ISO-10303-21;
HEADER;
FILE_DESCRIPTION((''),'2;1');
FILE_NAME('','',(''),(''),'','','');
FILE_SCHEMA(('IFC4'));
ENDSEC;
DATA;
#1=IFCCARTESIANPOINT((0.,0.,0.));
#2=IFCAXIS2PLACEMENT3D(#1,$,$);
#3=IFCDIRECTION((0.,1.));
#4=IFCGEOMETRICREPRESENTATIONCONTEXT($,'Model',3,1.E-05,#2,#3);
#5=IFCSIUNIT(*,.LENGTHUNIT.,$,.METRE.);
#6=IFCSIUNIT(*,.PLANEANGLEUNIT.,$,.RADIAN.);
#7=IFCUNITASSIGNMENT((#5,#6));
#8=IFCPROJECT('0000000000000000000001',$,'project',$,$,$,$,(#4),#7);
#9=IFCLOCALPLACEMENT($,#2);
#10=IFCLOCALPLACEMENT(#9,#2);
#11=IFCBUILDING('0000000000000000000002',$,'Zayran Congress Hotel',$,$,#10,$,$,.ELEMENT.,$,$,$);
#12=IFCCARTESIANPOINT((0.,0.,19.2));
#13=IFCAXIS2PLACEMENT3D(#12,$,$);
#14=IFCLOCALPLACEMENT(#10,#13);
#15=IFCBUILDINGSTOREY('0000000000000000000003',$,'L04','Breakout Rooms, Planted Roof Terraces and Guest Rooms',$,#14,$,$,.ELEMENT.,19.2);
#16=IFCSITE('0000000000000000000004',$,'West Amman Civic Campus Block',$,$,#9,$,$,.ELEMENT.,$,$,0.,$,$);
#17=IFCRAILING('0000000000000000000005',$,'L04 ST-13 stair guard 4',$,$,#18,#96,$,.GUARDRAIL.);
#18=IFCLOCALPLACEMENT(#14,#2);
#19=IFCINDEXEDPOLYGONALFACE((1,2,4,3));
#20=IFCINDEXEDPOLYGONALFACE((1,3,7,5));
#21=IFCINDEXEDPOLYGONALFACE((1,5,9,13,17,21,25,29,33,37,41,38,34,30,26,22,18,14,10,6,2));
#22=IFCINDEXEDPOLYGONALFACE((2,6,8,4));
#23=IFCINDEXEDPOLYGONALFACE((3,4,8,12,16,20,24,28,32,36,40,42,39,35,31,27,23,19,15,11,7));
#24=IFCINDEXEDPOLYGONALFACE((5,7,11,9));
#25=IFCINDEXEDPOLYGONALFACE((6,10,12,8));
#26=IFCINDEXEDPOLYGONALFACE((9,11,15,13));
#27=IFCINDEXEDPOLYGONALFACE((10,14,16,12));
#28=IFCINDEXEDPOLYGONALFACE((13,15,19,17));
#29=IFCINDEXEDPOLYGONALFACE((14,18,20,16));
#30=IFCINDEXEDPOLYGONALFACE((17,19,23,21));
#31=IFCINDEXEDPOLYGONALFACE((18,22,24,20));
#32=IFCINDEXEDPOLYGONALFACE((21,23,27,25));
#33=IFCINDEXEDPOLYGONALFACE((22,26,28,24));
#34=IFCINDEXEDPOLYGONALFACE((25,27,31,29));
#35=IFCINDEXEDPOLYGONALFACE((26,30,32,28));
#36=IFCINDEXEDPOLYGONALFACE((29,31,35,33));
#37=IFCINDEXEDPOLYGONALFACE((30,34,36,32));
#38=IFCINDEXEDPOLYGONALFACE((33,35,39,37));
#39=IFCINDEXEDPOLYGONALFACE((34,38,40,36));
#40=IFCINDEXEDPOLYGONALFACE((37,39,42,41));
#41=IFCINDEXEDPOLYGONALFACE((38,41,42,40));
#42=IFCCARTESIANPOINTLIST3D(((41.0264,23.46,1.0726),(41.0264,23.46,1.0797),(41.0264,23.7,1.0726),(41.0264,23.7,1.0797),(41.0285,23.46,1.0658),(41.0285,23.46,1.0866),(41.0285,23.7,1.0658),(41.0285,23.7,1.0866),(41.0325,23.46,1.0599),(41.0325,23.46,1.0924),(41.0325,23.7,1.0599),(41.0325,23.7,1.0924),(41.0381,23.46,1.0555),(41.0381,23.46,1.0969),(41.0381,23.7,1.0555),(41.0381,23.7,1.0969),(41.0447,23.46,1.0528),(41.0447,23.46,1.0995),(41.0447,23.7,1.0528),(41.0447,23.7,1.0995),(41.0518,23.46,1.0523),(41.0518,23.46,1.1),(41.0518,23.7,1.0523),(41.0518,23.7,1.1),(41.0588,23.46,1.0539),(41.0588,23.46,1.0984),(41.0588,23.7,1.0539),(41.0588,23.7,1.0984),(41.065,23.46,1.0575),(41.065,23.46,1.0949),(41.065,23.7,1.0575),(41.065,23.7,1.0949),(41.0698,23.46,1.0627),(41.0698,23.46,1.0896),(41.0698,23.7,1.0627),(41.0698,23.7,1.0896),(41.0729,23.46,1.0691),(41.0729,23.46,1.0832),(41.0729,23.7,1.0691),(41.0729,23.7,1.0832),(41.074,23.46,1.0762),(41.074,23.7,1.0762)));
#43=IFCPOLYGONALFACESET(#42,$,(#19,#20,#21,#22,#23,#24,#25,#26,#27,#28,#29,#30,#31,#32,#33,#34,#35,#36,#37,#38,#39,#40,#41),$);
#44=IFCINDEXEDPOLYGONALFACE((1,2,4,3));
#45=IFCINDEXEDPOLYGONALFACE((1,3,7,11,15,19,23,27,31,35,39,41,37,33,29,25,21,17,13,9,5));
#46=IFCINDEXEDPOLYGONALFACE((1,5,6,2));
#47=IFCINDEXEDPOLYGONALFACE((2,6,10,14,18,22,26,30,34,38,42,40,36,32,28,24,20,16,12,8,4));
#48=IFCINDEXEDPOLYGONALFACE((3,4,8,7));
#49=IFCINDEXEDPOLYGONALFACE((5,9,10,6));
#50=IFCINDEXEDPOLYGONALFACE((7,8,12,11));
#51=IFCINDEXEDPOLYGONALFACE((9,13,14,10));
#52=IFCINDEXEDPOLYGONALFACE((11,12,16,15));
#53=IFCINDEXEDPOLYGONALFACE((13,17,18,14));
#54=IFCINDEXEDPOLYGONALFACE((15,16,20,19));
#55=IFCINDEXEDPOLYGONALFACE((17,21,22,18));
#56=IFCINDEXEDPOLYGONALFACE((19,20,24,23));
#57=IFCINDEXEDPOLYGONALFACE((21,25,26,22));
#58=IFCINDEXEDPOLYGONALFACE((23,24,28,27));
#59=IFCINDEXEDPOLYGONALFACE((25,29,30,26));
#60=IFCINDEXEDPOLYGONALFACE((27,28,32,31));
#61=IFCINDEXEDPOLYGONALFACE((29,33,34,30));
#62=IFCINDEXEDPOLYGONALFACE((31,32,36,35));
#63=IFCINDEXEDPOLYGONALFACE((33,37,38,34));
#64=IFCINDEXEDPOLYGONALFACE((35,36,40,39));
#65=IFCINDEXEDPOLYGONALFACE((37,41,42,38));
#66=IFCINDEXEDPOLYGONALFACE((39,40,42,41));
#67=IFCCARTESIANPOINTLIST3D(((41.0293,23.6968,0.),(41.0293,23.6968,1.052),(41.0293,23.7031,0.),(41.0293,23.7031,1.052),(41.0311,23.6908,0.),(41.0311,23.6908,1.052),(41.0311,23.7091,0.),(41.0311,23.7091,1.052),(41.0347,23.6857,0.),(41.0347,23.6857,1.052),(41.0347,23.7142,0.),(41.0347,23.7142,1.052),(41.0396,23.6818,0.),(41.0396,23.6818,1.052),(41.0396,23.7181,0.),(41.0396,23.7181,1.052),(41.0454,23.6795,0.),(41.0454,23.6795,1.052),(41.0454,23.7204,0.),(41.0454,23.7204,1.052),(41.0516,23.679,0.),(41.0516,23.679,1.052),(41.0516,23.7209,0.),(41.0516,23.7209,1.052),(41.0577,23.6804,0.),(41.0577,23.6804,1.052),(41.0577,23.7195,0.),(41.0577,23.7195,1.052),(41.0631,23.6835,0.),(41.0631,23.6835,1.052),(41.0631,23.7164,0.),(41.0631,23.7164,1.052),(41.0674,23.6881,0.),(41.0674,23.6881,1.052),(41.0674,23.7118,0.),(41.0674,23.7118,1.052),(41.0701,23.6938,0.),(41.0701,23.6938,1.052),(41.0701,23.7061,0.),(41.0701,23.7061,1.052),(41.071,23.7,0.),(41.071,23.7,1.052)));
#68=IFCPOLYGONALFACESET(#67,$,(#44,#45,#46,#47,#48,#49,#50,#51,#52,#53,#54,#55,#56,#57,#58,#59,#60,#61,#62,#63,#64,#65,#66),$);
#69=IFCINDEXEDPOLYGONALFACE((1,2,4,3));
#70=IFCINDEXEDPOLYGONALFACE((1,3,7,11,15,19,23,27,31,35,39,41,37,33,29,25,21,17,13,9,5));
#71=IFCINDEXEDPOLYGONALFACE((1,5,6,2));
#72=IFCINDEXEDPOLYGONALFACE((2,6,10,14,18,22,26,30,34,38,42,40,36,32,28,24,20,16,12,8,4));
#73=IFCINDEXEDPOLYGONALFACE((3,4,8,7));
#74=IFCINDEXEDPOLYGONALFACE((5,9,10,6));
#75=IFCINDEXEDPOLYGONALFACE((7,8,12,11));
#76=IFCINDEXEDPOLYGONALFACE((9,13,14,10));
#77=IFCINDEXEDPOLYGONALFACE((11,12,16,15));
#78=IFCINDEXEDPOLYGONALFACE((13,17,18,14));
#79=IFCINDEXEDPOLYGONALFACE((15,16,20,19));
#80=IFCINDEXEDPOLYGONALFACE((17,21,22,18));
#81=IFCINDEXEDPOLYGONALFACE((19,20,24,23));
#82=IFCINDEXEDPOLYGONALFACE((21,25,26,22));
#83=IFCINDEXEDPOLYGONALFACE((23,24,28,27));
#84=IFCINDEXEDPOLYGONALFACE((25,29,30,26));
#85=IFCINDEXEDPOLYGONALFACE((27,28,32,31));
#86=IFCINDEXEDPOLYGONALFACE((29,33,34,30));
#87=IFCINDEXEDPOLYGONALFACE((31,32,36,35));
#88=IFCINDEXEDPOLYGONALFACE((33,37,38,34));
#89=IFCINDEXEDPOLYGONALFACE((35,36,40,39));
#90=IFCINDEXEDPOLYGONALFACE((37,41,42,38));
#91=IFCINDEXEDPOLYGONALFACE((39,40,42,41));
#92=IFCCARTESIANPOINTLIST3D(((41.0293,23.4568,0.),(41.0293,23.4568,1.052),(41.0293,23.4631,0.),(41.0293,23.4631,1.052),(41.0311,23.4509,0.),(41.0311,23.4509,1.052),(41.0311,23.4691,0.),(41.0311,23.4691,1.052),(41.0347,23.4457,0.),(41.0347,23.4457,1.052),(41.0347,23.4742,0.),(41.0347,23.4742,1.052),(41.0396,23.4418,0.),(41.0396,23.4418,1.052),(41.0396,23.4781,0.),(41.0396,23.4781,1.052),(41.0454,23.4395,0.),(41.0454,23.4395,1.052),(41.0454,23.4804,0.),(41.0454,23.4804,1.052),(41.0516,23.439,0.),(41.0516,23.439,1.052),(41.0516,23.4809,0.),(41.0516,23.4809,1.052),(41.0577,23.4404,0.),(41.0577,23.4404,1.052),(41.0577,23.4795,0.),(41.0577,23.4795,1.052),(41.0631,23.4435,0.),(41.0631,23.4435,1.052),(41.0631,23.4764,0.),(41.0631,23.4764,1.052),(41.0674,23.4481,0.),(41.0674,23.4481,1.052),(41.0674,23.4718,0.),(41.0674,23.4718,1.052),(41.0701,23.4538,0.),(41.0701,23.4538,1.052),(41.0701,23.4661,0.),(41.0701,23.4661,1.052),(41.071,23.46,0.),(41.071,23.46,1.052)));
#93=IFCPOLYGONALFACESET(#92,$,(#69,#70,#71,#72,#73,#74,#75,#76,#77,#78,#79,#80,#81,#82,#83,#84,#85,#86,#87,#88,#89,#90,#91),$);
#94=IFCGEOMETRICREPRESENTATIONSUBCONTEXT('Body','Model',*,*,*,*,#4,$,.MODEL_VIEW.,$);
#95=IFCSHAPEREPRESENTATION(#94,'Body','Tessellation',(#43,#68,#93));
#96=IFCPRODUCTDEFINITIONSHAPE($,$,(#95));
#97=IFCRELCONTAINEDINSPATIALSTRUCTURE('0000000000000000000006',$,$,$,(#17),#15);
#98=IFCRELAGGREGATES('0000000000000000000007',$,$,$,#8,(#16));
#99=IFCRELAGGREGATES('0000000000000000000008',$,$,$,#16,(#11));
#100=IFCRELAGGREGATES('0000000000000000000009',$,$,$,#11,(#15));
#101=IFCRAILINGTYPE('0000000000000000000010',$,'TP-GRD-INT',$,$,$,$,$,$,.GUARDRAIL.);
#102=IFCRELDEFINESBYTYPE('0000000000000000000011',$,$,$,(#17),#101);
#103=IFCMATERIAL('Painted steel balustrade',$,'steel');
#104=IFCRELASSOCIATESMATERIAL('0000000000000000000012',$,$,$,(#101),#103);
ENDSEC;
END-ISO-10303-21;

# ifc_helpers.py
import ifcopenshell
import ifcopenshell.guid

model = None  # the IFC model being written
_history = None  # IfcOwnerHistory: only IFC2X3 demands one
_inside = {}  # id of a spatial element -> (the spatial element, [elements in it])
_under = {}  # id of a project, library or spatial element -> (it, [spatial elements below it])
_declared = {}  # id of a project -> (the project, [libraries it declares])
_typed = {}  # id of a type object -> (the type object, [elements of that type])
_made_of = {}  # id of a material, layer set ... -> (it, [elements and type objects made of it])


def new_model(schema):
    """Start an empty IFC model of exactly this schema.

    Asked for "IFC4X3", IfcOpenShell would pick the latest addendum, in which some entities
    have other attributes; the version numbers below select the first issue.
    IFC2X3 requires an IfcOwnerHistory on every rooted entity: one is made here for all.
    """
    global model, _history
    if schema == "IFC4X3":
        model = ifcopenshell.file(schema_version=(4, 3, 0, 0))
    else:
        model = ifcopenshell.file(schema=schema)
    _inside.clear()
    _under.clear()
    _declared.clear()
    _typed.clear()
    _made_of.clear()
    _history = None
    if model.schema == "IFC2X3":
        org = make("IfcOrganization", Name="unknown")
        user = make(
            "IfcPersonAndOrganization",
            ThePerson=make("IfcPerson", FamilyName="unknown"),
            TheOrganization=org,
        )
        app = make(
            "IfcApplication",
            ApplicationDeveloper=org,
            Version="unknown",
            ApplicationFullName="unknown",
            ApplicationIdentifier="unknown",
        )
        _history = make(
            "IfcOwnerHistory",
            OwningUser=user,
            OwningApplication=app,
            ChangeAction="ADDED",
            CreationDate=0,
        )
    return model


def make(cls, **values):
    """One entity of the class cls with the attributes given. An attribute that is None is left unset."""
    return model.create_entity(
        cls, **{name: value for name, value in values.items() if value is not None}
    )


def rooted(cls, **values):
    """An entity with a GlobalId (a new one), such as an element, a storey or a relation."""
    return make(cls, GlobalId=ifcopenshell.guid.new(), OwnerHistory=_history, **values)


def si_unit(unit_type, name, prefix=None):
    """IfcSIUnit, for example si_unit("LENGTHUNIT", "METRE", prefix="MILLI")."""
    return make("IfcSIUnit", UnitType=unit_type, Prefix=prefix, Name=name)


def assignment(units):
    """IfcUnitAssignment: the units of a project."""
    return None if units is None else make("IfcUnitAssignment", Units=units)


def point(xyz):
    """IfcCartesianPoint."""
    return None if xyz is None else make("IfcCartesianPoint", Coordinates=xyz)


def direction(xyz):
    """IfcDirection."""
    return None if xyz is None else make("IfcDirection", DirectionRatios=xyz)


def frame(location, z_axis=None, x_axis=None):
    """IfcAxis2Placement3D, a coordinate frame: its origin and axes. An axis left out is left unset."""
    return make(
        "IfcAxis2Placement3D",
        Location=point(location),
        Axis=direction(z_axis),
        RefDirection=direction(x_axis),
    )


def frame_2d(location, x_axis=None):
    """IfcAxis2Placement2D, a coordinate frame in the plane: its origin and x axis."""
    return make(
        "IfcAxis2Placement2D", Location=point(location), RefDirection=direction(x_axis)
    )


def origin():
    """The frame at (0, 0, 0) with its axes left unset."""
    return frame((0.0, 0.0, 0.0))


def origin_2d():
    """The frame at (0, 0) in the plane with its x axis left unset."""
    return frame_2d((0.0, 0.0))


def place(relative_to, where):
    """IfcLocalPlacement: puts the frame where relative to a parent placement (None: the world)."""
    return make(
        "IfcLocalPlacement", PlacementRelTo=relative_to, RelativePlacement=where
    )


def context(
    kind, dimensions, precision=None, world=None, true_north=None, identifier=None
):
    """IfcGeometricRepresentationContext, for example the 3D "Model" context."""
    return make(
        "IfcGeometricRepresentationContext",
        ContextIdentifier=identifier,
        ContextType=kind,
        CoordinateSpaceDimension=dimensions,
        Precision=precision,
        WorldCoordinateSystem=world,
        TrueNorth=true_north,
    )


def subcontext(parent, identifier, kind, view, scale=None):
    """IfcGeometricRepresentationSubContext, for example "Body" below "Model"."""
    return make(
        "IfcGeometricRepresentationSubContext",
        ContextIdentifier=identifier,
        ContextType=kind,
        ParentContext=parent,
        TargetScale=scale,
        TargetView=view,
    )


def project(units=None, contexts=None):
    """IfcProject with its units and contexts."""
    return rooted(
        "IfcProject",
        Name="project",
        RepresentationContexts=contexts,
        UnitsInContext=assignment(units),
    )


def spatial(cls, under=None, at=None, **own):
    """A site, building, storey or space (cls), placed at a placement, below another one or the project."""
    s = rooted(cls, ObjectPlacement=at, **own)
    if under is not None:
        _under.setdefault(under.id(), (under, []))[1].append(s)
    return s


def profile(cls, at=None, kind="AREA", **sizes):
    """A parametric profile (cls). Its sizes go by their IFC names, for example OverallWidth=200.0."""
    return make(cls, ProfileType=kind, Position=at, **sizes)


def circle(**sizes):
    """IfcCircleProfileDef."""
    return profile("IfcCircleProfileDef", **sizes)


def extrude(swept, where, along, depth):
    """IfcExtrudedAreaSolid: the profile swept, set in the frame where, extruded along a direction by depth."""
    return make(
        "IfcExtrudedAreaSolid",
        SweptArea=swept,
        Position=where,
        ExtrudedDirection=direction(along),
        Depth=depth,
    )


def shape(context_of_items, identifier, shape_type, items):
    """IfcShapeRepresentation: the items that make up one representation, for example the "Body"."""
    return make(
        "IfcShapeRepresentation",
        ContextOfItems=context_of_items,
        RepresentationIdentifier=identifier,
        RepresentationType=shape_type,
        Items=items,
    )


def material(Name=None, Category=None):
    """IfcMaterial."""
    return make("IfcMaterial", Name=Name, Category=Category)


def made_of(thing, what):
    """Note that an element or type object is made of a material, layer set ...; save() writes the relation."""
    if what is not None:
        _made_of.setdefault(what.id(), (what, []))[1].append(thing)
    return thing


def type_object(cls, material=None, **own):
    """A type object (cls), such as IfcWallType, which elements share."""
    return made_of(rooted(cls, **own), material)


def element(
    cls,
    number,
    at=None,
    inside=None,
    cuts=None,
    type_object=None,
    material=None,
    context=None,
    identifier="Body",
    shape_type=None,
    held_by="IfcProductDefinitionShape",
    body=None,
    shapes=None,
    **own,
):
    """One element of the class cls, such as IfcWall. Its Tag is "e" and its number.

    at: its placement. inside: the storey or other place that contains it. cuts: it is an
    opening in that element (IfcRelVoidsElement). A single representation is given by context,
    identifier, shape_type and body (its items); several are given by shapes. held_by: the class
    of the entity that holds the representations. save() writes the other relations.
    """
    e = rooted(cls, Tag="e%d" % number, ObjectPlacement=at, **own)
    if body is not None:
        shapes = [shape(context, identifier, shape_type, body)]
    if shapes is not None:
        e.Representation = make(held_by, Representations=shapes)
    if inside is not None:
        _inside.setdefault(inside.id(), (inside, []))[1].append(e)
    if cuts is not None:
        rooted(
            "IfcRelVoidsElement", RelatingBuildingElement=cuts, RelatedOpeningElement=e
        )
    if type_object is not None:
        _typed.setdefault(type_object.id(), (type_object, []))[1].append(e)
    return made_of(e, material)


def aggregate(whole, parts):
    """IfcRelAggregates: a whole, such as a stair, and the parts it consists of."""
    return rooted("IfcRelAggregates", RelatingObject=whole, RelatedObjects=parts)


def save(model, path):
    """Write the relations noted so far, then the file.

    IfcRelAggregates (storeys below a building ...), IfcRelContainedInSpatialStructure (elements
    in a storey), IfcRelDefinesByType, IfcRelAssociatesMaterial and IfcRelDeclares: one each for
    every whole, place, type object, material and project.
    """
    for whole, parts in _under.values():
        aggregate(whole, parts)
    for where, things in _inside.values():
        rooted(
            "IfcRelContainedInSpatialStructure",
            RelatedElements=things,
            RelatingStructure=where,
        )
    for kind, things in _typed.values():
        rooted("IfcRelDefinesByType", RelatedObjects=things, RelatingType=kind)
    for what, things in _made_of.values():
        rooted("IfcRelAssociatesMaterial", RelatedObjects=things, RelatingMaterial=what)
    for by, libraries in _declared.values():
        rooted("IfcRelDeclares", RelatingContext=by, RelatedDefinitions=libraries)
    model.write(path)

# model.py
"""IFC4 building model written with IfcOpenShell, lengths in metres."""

from ifc_helpers import new_model, si_unit, direction, frame, origin, origin_2d, place, context, subcontext, project, spatial, circle, extrude, material, type_object, element, save


model = new_model("IFC4")

# Units and contexts
model_context = context("Model", 3, precision=1e-05, world=origin(), true_north=direction((0.0, 1.0)))
body_context = subcontext(model_context, "Body", "Model", "MODEL_VIEW")
ifc_project = project(units=[si_unit("LENGTHUNIT", "METRE"), si_unit("PLANEANGLEUNIT", "RADIAN")], contexts=[model_context])

# Site, building, storey
site_placement = place(None, origin())
site = spatial("IfcSite", under=ifc_project, at=site_placement, Name="West Amman Civic Campus Block", CompositionType="ELEMENT", RefElevation=0.0)
building_placement = place(site_placement, origin())
building = spatial("IfcBuilding", under=site, at=building_placement, Name="Zayran Congress Hotel", CompositionType="ELEMENT")
storey_placement = place(building_placement, frame((0.0, 0.0, 19.2)))
storey = spatial("IfcBuildingStorey", under=building, at=storey_placement, Name="L04", Description="Breakout Rooms, Planted Roof Terraces and Guest Rooms", CompositionType="ELEMENT", Elevation=19.2)

# Railing
ifc_material_1 = material(Name="Painted steel balustrade", Category="steel")
railing_type_1 = type_object("IfcRailingType", Name="TP-GRD-INT", PredefinedType="GUARDRAIL", material=ifc_material_1)
railing_1_placement = place(storey_placement, frame((41.05, 23.7, 0.0)))
element("IfcRailing", 1, at=railing_1_placement, inside=storey, type_object=railing_type_1, Name="L04 ST-13 stair guard 4", PredefinedType="GUARDRAIL", context=body_context, shape_type="SweptSolid", body=[
    extrude(circle(Radius=0.0239, at=origin_2d()), frame((0.0, 0.0, 1.0762), z_axis=(0.0, -1.0, 0.0), x_axis=(1.0, 0.0, 0.0)), (0.0, 0.0, 1.0), 0.24),
    extrude(circle(Radius=0.021, at=origin_2d()), origin(), (0.0, 0.0, 1.0), 1.052),
    extrude(circle(Radius=0.021, at=origin_2d()), frame((0.0, -0.24, 0.0)), (0.0, 0.0, 1.0), 1.052),
])

save(model, "model.ifc")
